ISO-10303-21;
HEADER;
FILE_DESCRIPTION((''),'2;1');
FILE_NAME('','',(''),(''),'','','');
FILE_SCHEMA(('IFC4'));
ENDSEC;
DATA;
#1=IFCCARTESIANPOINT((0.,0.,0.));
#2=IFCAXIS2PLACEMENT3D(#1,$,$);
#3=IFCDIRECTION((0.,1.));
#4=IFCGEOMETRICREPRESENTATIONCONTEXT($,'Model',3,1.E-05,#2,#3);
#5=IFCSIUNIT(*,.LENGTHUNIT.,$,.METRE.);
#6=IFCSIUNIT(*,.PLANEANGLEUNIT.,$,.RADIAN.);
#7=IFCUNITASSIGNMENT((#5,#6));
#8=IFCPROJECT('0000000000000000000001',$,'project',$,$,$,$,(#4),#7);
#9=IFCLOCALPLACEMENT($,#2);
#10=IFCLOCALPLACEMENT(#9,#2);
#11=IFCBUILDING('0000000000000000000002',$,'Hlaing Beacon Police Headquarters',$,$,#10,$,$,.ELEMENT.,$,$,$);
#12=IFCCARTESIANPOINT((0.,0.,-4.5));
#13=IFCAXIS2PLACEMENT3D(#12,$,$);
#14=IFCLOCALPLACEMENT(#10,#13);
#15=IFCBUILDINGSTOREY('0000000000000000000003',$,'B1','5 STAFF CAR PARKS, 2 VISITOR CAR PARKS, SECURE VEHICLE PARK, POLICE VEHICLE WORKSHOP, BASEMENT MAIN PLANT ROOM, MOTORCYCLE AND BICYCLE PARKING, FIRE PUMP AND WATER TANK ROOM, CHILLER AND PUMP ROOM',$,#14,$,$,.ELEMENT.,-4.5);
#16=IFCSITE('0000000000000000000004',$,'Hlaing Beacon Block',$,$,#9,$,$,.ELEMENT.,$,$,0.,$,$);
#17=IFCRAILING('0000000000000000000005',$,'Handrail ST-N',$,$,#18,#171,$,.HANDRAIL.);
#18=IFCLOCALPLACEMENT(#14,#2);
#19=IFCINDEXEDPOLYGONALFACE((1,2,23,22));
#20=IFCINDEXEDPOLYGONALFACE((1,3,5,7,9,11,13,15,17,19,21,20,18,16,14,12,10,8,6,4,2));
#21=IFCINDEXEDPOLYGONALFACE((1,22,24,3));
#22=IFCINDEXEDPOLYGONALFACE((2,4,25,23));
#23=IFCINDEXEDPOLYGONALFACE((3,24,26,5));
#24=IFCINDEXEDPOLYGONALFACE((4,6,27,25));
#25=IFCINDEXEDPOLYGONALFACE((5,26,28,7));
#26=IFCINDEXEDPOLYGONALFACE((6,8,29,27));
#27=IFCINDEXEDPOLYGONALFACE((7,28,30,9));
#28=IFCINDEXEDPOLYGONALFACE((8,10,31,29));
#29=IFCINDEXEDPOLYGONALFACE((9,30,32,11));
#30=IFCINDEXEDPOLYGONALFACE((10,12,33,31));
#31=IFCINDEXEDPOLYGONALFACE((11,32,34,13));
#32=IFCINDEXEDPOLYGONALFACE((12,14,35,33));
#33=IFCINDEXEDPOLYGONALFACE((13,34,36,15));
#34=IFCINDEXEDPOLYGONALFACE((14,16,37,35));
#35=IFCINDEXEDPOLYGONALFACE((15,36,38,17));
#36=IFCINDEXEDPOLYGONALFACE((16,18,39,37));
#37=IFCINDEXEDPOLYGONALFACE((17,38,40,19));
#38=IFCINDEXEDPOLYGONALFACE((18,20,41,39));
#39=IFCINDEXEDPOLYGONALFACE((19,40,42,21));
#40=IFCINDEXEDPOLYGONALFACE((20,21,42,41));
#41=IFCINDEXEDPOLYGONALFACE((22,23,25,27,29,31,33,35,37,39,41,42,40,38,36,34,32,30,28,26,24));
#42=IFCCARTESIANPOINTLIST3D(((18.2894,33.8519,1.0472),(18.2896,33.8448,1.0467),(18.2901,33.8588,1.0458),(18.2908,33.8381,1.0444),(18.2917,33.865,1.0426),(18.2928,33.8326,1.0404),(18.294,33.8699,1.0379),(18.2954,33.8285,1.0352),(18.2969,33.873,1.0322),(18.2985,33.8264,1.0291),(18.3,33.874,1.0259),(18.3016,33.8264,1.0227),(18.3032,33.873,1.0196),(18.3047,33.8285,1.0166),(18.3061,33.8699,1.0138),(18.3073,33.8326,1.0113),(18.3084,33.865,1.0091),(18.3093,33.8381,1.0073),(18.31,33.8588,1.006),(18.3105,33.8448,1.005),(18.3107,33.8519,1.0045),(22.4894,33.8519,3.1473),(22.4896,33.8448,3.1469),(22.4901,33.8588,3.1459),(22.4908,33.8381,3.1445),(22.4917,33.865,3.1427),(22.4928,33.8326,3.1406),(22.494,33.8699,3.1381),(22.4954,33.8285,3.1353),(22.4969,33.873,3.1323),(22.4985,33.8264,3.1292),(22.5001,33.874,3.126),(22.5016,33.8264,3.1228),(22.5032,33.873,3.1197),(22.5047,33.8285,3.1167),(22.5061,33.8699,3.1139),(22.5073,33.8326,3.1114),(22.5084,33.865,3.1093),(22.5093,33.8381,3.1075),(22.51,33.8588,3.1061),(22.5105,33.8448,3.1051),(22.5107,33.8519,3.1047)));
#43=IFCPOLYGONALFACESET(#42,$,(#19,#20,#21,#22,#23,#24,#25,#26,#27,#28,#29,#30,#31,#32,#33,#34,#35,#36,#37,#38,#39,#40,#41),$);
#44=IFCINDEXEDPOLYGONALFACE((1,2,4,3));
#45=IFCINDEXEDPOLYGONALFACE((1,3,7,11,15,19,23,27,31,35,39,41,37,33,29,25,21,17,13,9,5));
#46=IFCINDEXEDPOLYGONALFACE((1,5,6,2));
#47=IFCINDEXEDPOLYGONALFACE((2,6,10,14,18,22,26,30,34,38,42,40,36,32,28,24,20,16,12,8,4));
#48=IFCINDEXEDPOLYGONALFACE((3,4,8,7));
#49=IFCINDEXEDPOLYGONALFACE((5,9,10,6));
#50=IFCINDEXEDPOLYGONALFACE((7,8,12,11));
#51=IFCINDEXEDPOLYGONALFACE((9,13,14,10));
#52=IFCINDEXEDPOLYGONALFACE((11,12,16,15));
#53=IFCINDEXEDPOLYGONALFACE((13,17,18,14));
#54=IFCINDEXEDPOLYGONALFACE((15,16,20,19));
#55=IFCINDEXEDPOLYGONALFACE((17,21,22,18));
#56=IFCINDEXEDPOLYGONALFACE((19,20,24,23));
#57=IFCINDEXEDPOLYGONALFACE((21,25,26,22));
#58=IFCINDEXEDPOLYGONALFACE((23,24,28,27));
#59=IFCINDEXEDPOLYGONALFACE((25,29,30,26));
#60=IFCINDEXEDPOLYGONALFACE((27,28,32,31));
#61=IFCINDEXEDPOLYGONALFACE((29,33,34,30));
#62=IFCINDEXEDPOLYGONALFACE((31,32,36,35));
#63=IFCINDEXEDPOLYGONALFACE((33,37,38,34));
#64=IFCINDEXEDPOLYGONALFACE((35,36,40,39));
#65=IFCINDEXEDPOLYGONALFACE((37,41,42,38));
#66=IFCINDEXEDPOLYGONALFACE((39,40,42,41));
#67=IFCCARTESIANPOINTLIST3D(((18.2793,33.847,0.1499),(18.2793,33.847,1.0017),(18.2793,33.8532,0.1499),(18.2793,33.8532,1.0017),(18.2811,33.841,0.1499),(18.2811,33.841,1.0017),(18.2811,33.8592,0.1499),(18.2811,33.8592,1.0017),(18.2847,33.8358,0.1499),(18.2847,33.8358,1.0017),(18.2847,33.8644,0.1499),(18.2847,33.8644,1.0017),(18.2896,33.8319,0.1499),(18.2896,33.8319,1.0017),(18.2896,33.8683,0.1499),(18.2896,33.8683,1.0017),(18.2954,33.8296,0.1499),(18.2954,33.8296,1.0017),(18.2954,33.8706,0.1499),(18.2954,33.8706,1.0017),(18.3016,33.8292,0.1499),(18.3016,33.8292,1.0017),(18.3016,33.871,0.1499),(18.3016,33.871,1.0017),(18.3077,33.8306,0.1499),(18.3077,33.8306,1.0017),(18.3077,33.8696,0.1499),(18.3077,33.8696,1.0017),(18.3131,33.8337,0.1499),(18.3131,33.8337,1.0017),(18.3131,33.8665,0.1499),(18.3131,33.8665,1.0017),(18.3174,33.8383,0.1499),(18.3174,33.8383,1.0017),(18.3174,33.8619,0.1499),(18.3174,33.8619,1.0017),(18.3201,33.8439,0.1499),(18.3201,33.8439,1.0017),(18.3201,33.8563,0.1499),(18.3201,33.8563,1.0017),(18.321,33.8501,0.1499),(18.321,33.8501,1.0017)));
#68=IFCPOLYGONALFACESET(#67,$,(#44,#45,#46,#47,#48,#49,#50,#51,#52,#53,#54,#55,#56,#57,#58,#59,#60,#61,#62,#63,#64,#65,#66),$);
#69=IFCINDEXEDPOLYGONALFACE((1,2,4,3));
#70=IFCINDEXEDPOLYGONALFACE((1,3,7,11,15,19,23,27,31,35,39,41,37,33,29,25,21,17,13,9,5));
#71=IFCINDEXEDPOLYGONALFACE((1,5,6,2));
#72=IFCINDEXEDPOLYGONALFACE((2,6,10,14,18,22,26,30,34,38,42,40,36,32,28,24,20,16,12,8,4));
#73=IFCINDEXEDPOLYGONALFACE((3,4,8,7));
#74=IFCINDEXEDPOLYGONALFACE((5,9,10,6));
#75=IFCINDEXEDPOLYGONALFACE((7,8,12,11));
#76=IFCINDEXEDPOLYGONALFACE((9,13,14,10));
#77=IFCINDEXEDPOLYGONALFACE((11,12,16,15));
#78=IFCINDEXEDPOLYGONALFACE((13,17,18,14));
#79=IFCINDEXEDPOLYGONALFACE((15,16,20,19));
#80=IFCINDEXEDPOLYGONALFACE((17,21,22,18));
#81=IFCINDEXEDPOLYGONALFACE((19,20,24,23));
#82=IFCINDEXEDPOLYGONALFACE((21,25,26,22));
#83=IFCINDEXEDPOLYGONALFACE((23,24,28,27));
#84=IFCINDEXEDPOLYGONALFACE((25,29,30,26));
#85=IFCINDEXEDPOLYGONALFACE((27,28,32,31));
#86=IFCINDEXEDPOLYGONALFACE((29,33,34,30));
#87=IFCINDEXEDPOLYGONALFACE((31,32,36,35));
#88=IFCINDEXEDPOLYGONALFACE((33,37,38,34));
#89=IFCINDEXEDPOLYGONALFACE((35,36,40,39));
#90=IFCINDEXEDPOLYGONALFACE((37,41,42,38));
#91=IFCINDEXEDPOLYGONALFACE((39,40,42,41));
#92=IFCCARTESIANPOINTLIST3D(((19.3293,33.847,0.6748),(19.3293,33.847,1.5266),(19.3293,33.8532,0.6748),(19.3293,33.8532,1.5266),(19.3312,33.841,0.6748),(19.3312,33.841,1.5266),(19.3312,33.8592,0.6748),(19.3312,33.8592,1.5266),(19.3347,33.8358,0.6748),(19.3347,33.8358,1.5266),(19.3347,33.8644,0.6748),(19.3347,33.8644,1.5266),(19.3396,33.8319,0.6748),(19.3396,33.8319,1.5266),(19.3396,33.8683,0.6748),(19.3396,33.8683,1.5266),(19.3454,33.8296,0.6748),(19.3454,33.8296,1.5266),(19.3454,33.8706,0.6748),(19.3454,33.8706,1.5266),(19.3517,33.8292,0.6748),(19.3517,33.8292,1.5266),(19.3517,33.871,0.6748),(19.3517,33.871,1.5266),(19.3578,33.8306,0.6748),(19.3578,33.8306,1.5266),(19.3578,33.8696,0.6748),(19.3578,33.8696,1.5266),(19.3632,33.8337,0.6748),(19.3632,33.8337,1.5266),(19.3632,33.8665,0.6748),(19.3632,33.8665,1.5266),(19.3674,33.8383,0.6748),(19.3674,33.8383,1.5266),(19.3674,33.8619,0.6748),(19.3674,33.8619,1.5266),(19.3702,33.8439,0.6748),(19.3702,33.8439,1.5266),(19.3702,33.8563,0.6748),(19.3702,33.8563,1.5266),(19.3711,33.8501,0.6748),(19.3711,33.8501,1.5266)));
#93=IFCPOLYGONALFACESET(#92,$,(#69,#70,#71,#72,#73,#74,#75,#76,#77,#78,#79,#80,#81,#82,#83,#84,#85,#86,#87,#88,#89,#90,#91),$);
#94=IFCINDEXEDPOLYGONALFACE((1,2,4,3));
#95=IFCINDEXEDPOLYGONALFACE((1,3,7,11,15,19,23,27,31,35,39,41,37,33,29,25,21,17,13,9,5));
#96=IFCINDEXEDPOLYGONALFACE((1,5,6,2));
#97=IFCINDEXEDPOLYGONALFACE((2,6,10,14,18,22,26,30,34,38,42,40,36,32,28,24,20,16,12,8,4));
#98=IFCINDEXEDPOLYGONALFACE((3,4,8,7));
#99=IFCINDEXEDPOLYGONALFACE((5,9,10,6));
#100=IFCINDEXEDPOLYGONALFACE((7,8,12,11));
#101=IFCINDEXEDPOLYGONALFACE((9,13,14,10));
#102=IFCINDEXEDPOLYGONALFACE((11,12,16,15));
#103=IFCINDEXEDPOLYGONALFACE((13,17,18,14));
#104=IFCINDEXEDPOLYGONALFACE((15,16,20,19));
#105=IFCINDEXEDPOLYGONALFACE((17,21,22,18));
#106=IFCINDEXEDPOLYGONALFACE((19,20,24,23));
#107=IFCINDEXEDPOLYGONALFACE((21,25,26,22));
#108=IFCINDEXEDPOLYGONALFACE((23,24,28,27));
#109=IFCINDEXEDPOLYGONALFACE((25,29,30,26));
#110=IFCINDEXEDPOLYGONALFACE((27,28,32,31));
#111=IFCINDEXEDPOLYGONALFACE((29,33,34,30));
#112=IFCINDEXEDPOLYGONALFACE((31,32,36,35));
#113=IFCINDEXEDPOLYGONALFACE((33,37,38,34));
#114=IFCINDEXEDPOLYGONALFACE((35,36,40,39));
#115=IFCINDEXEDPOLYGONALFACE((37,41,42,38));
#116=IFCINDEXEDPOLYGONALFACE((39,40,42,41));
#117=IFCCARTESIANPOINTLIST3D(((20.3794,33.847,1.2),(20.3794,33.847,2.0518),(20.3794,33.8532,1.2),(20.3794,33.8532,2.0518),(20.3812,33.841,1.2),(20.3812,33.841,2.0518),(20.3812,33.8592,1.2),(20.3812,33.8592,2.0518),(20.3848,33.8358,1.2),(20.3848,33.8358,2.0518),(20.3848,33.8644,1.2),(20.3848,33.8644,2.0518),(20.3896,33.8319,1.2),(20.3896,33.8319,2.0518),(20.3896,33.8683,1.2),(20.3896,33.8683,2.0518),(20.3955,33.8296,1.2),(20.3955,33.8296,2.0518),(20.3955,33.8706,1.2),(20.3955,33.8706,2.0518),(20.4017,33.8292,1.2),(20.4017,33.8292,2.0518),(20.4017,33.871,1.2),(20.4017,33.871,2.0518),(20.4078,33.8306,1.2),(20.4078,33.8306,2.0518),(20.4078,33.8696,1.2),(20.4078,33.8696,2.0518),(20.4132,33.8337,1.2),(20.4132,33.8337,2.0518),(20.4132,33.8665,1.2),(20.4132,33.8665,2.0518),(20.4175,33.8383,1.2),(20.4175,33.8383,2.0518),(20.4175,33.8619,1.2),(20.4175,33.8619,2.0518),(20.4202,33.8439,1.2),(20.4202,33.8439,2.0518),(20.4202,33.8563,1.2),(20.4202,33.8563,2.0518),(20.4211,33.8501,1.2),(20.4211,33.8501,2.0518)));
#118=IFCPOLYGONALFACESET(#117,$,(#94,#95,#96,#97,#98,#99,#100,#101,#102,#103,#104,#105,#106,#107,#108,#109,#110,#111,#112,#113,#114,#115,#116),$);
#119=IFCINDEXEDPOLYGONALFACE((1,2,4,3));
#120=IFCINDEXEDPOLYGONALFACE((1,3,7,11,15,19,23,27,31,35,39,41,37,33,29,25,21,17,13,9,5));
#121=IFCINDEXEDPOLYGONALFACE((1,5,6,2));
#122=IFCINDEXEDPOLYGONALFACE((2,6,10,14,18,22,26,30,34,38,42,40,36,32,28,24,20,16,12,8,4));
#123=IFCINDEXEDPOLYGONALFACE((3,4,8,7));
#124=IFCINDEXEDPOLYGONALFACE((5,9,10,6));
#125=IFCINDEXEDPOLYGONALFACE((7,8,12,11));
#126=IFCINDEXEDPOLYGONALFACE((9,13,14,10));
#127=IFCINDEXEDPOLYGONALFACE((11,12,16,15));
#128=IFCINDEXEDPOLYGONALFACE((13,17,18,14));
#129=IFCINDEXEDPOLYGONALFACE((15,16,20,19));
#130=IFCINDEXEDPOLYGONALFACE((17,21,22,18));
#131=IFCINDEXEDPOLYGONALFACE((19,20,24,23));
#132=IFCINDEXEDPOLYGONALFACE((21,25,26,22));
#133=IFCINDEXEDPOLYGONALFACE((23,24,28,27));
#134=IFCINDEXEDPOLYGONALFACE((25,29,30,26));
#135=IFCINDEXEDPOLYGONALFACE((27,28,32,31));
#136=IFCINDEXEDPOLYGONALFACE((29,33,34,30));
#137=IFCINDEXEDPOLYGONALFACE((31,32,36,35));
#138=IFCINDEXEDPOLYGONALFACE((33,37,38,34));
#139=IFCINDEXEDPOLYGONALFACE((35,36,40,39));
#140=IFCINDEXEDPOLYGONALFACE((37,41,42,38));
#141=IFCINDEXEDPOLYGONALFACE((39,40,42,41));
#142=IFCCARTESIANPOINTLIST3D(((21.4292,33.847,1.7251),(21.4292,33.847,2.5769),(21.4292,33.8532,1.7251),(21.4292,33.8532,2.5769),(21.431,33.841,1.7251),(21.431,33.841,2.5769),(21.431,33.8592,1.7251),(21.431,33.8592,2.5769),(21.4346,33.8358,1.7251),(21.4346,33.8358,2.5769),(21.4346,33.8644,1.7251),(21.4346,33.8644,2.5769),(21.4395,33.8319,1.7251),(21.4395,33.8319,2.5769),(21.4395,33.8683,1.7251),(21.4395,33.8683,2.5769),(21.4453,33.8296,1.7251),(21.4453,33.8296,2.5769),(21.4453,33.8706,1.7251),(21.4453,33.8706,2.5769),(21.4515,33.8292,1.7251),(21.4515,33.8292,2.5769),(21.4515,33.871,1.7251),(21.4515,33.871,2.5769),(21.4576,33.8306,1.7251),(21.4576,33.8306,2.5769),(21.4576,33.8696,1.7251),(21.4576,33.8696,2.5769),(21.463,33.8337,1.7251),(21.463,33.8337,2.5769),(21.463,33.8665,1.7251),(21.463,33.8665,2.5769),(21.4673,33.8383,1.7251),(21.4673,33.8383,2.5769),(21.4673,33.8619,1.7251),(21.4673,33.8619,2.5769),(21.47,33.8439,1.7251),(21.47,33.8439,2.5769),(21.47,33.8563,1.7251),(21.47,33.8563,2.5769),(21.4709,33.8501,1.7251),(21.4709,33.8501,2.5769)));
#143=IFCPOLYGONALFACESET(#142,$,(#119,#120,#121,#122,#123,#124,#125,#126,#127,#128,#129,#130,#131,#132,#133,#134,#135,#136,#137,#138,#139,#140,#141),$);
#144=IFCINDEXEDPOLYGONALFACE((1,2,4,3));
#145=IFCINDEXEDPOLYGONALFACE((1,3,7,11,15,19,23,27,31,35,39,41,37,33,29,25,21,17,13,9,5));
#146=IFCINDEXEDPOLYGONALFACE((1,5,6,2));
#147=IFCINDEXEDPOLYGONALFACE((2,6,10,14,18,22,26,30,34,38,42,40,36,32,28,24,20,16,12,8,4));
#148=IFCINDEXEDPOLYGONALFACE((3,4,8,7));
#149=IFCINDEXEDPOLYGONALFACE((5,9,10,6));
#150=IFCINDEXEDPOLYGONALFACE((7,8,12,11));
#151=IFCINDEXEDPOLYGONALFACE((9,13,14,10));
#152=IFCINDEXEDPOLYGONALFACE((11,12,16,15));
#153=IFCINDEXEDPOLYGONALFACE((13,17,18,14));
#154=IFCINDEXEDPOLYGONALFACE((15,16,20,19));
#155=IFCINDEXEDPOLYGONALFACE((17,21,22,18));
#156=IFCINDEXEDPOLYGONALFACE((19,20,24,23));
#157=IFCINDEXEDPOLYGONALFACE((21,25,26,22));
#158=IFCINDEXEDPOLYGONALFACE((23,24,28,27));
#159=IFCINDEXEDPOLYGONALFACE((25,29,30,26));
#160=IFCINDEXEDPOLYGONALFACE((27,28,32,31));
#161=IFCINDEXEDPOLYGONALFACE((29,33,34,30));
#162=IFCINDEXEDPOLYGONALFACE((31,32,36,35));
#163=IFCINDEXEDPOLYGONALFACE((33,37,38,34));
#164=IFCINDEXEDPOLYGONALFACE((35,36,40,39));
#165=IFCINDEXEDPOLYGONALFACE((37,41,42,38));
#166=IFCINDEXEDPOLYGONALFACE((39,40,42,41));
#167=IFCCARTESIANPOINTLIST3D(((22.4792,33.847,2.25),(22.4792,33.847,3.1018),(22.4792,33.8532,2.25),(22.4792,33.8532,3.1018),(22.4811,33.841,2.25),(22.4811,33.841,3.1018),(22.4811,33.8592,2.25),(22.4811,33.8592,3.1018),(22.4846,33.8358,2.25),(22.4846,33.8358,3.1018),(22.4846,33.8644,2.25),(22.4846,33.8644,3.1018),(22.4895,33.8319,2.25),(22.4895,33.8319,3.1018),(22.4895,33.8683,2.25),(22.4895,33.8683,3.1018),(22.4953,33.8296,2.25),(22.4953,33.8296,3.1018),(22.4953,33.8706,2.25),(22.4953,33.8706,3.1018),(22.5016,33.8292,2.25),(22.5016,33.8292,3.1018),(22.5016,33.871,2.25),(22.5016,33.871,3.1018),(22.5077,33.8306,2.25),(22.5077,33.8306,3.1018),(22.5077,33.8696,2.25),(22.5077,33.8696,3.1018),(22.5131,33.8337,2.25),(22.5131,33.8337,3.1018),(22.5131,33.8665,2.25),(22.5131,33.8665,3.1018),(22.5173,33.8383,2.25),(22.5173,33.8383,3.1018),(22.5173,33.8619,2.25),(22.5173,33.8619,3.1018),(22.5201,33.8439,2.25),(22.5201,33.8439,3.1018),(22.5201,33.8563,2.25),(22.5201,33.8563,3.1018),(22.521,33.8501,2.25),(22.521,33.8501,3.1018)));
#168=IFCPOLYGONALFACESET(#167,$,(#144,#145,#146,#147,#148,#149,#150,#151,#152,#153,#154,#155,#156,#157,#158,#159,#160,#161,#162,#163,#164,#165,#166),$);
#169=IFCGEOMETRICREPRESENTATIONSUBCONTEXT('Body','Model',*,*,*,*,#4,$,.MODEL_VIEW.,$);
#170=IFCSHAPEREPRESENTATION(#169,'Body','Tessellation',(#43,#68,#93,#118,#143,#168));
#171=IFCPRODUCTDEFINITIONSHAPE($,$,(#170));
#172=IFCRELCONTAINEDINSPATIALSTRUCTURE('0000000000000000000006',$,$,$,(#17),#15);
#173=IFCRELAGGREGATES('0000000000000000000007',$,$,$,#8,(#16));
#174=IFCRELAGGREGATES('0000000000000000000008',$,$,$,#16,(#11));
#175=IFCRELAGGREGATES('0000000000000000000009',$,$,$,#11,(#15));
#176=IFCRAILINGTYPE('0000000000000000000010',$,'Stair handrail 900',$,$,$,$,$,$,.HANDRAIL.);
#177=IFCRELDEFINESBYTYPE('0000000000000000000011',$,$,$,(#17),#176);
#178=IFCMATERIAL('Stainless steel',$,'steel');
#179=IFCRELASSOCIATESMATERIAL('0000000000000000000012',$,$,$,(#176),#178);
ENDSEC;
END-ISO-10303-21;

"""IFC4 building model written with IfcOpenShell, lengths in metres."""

from ifc_helpers import new_model, si_unit, direction, frame, origin, origin_2d, place, context, subcontext, project, spatial, circle, extrude, material, type_object, element, save


model = new_model("IFC4")

# Units and contexts
model_context = context("Model", 3, precision=1e-05, world=origin(), true_north=direction((0.0, 1.0)))
body_context = subcontext(model_context, "Body", "Model", "MODEL_VIEW")
ifc_project = project(units=[si_unit("LENGTHUNIT", "METRE"), si_unit("PLANEANGLEUNIT", "RADIAN")], contexts=[model_context])

# Site, building, storey
site_placement = place(None, origin())
site = spatial("IfcSite", under=ifc_project, at=site_placement, Name="Hlaing Beacon Block", CompositionType="ELEMENT", RefElevation=0.0)
building_placement = place(site_placement, origin())
building = spatial("IfcBuilding", under=site, at=building_placement, Name="Hlaing Beacon Police Headquarters", CompositionType="ELEMENT")
storey_placement = place(building_placement, frame((0.0, 0.0, -4.5)))
storey = spatial("IfcBuildingStorey", under=building, at=storey_placement, Name="B1", Description="5 STAFF CAR PARKS, 2 VISITOR CAR PARKS, SECURE VEHICLE PARK, POLICE VEHICLE WORKSHOP, BASEMENT MAIN PLANT ROOM, MOTORCYCLE AND BICYCLE PARKING, FIRE PUMP AND WATER TANK ROOM, CHILLER AND PUMP ROOM", CompositionType="ELEMENT", Elevation=-4.5)

# Railing
ifc_material_1 = material(Name="Stainless steel", Category="steel")
railing_type = type_object("IfcRailingType", Name="Stair handrail 900", PredefinedType="HANDRAIL", material=ifc_material_1)
for number, where, name in (
    (1, (18.3, 33.8501, 0.1499), "Handrail ST-N"),
):
    element("IfcRailing", number, at=place(storey_placement, frame(where)), inside=storey, type_object=railing_type, Name=name, PredefinedType="HANDRAIL", context=body_context, shape_type="SweptSolid", body=[
        extrude(circle(Radius=0.0239, at=origin_2d()), frame((0.0, 0.0, 0.876), z_axis=(0.894417, 0.0, 0.447234), x_axis=(0.0, 1.0, 0.0)), (0.0, 0.0, 1.0), 4.6958),
        extrude(circle(Radius=0.021, at=origin_2d()), origin(), (0.0, 0.0, 1.0), 0.8518),
        extrude(circle(Radius=0.021, at=origin_2d()), frame((1.05, 0.0, 0.5249)), (0.0, 0.0, 1.0), 0.8518),
        extrude(circle(Radius=0.021, at=origin_2d()), frame((2.1001, 0.0, 1.05)), (0.0, 0.0, 1.0), 0.8518),
        extrude(circle(Radius=0.021, at=origin_2d()), frame((3.1499, 0.0, 1.5752)), (0.0, 0.0, 1.0), 0.8518),
        extrude(circle(Radius=0.021, at=origin_2d()), frame((4.2, 0.0, 2.1001)), (0.0, 0.0, 1.0), 0.8518),
    ])

save(model, "model.ifc")
